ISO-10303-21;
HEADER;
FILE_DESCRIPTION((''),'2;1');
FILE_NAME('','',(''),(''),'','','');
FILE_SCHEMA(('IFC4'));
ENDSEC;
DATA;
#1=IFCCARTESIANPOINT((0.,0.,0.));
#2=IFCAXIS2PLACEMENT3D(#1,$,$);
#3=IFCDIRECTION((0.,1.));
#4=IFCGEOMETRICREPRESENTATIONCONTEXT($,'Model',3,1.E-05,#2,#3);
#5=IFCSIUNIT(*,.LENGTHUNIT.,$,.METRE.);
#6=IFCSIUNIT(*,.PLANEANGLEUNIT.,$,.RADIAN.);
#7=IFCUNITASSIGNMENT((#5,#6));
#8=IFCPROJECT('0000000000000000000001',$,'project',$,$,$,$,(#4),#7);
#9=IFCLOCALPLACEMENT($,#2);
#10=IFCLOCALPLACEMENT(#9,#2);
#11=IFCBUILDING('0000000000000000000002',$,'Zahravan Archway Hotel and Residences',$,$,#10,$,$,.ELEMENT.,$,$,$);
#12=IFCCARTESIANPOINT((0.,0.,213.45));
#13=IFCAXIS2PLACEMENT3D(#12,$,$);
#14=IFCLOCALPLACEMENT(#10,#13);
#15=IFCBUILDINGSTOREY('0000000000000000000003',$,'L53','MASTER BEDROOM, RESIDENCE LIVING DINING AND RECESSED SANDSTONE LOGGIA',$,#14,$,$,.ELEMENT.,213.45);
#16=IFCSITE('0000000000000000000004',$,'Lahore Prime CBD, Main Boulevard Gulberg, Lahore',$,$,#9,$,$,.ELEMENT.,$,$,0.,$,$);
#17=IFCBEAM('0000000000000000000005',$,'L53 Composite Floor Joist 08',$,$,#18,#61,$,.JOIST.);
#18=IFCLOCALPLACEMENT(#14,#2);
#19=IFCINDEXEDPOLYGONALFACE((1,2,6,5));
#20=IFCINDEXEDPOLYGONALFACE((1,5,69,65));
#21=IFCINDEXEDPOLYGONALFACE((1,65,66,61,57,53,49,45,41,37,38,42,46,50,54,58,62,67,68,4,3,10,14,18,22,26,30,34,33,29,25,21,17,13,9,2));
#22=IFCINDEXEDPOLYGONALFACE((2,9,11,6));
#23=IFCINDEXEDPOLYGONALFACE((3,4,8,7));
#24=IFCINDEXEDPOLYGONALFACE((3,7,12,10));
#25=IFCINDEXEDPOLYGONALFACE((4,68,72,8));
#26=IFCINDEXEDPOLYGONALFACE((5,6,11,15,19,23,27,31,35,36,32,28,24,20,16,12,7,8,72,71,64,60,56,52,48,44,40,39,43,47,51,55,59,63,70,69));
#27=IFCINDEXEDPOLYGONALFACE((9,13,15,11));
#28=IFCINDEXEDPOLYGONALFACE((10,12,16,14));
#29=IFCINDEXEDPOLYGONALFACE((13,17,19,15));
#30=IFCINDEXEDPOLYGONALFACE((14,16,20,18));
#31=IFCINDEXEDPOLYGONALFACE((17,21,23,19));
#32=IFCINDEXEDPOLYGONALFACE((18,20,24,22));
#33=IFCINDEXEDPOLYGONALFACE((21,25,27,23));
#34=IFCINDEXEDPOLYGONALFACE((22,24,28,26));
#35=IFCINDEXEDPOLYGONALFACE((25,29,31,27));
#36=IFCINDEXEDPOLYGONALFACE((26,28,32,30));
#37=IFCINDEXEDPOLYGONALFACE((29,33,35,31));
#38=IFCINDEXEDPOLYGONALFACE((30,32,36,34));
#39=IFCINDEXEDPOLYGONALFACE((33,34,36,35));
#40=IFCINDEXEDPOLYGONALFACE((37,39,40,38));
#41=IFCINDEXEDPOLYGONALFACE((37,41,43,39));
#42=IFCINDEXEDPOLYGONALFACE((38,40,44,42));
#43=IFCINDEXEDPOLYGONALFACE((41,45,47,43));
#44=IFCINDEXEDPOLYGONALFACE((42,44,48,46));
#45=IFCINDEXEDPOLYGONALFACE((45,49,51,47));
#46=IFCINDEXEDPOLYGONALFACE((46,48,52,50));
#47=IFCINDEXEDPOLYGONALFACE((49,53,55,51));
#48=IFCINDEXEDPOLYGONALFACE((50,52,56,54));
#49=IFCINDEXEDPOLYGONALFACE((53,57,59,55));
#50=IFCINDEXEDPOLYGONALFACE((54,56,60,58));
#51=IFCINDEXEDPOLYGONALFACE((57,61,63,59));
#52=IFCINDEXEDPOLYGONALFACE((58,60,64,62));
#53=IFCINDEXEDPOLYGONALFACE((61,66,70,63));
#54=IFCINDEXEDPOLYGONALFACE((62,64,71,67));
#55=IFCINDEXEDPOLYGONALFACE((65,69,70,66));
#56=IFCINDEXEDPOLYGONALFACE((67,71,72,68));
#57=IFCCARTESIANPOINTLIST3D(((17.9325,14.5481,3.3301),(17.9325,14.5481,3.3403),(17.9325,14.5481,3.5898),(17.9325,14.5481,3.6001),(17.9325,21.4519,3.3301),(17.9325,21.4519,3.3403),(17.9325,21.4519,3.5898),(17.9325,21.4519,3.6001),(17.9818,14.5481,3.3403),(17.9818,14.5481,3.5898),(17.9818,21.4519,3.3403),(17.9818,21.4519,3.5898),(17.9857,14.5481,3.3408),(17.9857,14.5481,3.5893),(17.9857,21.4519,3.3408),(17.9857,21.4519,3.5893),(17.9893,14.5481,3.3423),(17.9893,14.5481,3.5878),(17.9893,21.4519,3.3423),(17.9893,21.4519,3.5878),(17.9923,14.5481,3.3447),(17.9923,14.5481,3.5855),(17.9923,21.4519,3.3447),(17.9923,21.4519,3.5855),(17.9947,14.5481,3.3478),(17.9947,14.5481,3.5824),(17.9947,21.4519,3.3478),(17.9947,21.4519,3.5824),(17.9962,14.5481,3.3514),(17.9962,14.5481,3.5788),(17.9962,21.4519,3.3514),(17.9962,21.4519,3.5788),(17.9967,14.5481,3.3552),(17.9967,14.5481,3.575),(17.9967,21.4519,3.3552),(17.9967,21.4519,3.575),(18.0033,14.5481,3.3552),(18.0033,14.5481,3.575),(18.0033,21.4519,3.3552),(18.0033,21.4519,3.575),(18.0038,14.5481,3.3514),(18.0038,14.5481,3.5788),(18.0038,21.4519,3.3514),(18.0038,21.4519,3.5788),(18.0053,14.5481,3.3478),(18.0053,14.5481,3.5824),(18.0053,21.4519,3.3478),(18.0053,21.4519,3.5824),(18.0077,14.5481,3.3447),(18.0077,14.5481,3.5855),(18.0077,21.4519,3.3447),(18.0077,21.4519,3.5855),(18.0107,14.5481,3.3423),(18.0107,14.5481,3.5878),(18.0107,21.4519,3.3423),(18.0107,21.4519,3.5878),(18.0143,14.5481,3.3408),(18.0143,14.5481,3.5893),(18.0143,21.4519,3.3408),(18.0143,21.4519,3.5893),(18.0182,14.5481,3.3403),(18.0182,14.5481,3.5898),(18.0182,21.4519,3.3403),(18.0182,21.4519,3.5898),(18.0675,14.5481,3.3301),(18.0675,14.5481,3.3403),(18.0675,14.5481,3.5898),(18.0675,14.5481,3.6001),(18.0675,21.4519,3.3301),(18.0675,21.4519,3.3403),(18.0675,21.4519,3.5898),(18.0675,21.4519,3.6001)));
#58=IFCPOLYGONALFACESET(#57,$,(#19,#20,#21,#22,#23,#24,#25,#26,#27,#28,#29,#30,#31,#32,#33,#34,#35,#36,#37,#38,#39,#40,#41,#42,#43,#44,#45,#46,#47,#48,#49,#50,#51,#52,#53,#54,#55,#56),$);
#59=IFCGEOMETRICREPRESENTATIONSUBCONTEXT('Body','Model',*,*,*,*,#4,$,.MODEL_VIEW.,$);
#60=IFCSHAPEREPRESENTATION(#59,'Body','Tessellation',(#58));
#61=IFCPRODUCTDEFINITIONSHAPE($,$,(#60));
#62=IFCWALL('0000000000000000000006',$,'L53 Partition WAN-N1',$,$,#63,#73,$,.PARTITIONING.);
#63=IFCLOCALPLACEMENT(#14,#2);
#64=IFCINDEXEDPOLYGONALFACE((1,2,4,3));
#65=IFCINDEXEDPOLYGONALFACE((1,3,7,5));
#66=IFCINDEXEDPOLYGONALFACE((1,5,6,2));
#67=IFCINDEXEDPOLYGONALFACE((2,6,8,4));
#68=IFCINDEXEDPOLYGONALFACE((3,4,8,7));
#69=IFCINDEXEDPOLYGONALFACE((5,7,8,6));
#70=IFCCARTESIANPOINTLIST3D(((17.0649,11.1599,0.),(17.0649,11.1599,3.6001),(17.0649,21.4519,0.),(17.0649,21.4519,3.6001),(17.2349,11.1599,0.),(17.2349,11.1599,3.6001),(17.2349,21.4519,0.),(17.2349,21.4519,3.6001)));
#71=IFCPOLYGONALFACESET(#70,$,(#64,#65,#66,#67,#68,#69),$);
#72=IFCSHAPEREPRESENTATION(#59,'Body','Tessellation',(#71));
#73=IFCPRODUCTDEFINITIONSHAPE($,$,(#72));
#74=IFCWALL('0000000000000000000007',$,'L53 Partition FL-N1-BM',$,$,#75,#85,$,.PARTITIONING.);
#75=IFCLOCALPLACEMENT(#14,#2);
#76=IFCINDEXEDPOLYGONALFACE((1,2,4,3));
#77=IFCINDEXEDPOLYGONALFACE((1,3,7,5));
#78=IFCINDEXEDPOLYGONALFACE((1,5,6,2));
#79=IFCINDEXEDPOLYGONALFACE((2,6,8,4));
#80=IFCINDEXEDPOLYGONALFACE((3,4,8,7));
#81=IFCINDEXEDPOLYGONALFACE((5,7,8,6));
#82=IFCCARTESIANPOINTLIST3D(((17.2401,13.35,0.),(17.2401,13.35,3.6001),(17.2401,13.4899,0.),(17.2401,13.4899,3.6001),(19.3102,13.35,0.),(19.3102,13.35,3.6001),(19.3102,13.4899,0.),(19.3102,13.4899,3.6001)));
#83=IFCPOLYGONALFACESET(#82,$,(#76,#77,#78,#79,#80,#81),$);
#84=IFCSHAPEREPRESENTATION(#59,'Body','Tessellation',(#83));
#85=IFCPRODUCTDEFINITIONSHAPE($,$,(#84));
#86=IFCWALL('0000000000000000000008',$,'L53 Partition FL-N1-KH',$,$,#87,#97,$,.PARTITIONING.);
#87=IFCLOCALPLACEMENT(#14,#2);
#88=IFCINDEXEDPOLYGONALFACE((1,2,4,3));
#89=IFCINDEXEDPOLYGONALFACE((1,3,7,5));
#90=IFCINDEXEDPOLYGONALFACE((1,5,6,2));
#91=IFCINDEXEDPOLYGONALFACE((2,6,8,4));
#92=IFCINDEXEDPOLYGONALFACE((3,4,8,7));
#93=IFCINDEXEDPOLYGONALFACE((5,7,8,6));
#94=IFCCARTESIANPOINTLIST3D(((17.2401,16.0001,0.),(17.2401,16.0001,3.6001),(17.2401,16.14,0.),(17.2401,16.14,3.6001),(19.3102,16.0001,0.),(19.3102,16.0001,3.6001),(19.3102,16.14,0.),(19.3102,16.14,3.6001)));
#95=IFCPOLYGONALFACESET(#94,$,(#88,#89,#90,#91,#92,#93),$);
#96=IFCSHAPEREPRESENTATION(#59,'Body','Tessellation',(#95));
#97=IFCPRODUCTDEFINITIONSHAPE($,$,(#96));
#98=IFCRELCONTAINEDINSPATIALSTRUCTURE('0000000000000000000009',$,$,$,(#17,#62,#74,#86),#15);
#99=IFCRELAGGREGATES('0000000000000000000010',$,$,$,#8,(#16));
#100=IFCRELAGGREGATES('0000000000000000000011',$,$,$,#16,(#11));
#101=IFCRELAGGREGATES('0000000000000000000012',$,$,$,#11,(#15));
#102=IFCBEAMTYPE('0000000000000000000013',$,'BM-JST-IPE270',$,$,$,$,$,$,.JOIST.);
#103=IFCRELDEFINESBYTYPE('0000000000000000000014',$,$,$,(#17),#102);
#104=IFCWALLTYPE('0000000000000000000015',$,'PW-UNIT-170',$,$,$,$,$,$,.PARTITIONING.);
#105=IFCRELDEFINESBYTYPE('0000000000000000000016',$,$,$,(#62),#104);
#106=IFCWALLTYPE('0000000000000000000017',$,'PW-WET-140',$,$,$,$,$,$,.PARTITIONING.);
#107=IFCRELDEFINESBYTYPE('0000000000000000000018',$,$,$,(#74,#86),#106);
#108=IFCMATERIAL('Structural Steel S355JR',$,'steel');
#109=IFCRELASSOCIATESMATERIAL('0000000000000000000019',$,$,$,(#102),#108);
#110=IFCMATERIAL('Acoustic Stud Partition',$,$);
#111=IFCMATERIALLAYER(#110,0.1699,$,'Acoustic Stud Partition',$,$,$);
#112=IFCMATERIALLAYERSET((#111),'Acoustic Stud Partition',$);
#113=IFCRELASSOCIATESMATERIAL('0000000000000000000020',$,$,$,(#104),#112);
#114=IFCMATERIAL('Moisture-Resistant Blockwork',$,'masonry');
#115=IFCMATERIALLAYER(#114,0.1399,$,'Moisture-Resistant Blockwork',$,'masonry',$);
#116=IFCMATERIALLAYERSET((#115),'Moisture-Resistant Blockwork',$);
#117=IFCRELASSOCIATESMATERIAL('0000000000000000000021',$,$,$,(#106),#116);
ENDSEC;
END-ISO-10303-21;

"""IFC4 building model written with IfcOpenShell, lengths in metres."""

from ifc_helpers import new_model, si_unit, direction, frame, frame_2d, origin, origin_2d, place, context, subcontext, project, spatial, rectangle, i_section, extrude, source, transform, mapped, material, layer, layer_set, material_profile, profile_set, type_object, element, save


model = new_model("IFC4")

# Units and contexts
model_context = context("Model", 3, precision=1e-05, world=origin(), true_north=direction((0.0, 1.0)))
body_context = subcontext(model_context, "Body", "Model", "MODEL_VIEW")
ifc_project = project(units=[si_unit("LENGTHUNIT", "METRE"), si_unit("PLANEANGLEUNIT", "RADIAN")], contexts=[model_context])

# Site, building, storey
site_placement = place(None, origin())
site = spatial("IfcSite", under=ifc_project, at=site_placement, Name="Lahore Prime CBD, Main Boulevard Gulberg, Lahore", CompositionType="ELEMENT", RefElevation=0.0)
building_placement = place(site_placement, origin())
building = spatial("IfcBuilding", under=site, at=building_placement, Name="Zahravan Archway Hotel and Residences", CompositionType="ELEMENT")
storey_placement = place(building_placement, frame((0.0, 0.0, 213.45)))
storey = spatial("IfcBuildingStorey", under=building, at=storey_placement, Name="L53", Description="MASTER BEDROOM, RESIDENCE LIVING DINING AND RECESSED SANDSTONE LOGGIA", CompositionType="ELEMENT", Elevation=213.45)

# Beam
ifc_material_1 = material(Name="Structural Steel S355JR", Category="steel")
ifc_material_profile_1 = material_profile(ifc_material_1, i_section(OverallWidth=0.135, OverallDepth=0.27, WebThickness=0.0066, FlangeThickness=0.0103, FilletRadius=0.0149, at=origin_2d()), Name="IPE 270", Category="steel")
ifc_profile_set_1 = profile_set([ifc_material_profile_1], Name="Structural Steel S355JR")
beam_type_1 = type_object("IfcBeamType", Name="BM-JST-IPE270", PredefinedType="JOIST", material=ifc_profile_set_1)
shared_shape_1 = source(origin(), body_context, "Body", "SweptSolid", [
    extrude(i_section(OverallWidth=0.135, OverallDepth=0.27, WebThickness=0.0066, FlangeThickness=0.0103, FilletRadius=0.0149, at=origin_2d()), origin(), (0.0, 0.0, 1.0), 6.9038),
])
beam_1_placement = place(storey_placement, frame((18.0, 14.5481, 3.4651), z_axis=(0.0, 1.0, 0.0), x_axis=(-1.0, 0.0, 0.0)))
element("IfcBeam", 1, at=beam_1_placement, inside=storey, type_object=beam_type_1, Name="L53 Composite Floor Joist 08", PredefinedType="JOIST", context=body_context, shape_type="MappedRepresentation", body=[
    mapped(shared_shape_1, transform((0.0, 0.0, 0.0), scale=1.0)),
])

# Walls
ifc_material_2 = material(Name="Acoustic Stud Partition")
ifc_layer_1 = layer(ifc_material_2, 0.1699, Name="Acoustic Stud Partition")
ifc_layer_set_1 = layer_set([ifc_layer_1], Name="Acoustic Stud Partition")
wall_type_1 = type_object("IfcWallType", Name="PW-UNIT-170", PredefinedType="PARTITIONING", material=ifc_layer_set_1)
wall_1_placement = place(storey_placement, frame((17.1499, 11.1599, 0.0), z_axis=(0.0, 0.0, 1.0), x_axis=(0.0, 1.0, 0.0)))
element("IfcWall", 2, at=wall_1_placement, inside=storey, type_object=wall_type_1, Name="L53 Partition WAN-N1", PredefinedType="PARTITIONING", context=body_context, shape_type="SweptSolid", body=[
    extrude(rectangle(XDim=10.292, YDim=0.1699, at=frame_2d((5.146, 0.0))), origin(), (0.0, 0.0, 1.0), 3.6001),
])
ifc_material_3 = material(Name="Moisture-Resistant Blockwork", Category="masonry")
ifc_layer_2 = layer(ifc_material_3, 0.1399, Name="Moisture-Resistant Blockwork", Category="masonry")
ifc_layer_set_2 = layer_set([ifc_layer_2], Name="Moisture-Resistant Blockwork")
wall_type_2 = type_object("IfcWallType", Name="PW-WET-140", PredefinedType="PARTITIONING", material=ifc_layer_set_2)
for number, where, z_axis, x_axis, name in (
    (3, (17.24, 13.4199, 0.0), (0.0, 0.0, 1.0), (1.0, 0.0, 0.0), "L53 Partition FL-N1-BM"),
    (4, (17.24, 16.0701, 0.0), (0.0, 0.0, 1.0), (1.0, 0.0, 0.0), "L53 Partition FL-N1-KH"),
):
    element("IfcWall", number, at=place(storey_placement, frame(where, z_axis=z_axis, x_axis=x_axis)), inside=storey, type_object=wall_type_2, Name=name, PredefinedType="PARTITIONING", context=body_context, shape_type="SweptSolid", body=[
        extrude(rectangle(XDim=2.0701, YDim=0.1399, at=frame_2d((1.0352, 0.0))), origin(), (0.0, 0.0, 1.0), 3.6001),
    ])

save(model, "model.ifc")
